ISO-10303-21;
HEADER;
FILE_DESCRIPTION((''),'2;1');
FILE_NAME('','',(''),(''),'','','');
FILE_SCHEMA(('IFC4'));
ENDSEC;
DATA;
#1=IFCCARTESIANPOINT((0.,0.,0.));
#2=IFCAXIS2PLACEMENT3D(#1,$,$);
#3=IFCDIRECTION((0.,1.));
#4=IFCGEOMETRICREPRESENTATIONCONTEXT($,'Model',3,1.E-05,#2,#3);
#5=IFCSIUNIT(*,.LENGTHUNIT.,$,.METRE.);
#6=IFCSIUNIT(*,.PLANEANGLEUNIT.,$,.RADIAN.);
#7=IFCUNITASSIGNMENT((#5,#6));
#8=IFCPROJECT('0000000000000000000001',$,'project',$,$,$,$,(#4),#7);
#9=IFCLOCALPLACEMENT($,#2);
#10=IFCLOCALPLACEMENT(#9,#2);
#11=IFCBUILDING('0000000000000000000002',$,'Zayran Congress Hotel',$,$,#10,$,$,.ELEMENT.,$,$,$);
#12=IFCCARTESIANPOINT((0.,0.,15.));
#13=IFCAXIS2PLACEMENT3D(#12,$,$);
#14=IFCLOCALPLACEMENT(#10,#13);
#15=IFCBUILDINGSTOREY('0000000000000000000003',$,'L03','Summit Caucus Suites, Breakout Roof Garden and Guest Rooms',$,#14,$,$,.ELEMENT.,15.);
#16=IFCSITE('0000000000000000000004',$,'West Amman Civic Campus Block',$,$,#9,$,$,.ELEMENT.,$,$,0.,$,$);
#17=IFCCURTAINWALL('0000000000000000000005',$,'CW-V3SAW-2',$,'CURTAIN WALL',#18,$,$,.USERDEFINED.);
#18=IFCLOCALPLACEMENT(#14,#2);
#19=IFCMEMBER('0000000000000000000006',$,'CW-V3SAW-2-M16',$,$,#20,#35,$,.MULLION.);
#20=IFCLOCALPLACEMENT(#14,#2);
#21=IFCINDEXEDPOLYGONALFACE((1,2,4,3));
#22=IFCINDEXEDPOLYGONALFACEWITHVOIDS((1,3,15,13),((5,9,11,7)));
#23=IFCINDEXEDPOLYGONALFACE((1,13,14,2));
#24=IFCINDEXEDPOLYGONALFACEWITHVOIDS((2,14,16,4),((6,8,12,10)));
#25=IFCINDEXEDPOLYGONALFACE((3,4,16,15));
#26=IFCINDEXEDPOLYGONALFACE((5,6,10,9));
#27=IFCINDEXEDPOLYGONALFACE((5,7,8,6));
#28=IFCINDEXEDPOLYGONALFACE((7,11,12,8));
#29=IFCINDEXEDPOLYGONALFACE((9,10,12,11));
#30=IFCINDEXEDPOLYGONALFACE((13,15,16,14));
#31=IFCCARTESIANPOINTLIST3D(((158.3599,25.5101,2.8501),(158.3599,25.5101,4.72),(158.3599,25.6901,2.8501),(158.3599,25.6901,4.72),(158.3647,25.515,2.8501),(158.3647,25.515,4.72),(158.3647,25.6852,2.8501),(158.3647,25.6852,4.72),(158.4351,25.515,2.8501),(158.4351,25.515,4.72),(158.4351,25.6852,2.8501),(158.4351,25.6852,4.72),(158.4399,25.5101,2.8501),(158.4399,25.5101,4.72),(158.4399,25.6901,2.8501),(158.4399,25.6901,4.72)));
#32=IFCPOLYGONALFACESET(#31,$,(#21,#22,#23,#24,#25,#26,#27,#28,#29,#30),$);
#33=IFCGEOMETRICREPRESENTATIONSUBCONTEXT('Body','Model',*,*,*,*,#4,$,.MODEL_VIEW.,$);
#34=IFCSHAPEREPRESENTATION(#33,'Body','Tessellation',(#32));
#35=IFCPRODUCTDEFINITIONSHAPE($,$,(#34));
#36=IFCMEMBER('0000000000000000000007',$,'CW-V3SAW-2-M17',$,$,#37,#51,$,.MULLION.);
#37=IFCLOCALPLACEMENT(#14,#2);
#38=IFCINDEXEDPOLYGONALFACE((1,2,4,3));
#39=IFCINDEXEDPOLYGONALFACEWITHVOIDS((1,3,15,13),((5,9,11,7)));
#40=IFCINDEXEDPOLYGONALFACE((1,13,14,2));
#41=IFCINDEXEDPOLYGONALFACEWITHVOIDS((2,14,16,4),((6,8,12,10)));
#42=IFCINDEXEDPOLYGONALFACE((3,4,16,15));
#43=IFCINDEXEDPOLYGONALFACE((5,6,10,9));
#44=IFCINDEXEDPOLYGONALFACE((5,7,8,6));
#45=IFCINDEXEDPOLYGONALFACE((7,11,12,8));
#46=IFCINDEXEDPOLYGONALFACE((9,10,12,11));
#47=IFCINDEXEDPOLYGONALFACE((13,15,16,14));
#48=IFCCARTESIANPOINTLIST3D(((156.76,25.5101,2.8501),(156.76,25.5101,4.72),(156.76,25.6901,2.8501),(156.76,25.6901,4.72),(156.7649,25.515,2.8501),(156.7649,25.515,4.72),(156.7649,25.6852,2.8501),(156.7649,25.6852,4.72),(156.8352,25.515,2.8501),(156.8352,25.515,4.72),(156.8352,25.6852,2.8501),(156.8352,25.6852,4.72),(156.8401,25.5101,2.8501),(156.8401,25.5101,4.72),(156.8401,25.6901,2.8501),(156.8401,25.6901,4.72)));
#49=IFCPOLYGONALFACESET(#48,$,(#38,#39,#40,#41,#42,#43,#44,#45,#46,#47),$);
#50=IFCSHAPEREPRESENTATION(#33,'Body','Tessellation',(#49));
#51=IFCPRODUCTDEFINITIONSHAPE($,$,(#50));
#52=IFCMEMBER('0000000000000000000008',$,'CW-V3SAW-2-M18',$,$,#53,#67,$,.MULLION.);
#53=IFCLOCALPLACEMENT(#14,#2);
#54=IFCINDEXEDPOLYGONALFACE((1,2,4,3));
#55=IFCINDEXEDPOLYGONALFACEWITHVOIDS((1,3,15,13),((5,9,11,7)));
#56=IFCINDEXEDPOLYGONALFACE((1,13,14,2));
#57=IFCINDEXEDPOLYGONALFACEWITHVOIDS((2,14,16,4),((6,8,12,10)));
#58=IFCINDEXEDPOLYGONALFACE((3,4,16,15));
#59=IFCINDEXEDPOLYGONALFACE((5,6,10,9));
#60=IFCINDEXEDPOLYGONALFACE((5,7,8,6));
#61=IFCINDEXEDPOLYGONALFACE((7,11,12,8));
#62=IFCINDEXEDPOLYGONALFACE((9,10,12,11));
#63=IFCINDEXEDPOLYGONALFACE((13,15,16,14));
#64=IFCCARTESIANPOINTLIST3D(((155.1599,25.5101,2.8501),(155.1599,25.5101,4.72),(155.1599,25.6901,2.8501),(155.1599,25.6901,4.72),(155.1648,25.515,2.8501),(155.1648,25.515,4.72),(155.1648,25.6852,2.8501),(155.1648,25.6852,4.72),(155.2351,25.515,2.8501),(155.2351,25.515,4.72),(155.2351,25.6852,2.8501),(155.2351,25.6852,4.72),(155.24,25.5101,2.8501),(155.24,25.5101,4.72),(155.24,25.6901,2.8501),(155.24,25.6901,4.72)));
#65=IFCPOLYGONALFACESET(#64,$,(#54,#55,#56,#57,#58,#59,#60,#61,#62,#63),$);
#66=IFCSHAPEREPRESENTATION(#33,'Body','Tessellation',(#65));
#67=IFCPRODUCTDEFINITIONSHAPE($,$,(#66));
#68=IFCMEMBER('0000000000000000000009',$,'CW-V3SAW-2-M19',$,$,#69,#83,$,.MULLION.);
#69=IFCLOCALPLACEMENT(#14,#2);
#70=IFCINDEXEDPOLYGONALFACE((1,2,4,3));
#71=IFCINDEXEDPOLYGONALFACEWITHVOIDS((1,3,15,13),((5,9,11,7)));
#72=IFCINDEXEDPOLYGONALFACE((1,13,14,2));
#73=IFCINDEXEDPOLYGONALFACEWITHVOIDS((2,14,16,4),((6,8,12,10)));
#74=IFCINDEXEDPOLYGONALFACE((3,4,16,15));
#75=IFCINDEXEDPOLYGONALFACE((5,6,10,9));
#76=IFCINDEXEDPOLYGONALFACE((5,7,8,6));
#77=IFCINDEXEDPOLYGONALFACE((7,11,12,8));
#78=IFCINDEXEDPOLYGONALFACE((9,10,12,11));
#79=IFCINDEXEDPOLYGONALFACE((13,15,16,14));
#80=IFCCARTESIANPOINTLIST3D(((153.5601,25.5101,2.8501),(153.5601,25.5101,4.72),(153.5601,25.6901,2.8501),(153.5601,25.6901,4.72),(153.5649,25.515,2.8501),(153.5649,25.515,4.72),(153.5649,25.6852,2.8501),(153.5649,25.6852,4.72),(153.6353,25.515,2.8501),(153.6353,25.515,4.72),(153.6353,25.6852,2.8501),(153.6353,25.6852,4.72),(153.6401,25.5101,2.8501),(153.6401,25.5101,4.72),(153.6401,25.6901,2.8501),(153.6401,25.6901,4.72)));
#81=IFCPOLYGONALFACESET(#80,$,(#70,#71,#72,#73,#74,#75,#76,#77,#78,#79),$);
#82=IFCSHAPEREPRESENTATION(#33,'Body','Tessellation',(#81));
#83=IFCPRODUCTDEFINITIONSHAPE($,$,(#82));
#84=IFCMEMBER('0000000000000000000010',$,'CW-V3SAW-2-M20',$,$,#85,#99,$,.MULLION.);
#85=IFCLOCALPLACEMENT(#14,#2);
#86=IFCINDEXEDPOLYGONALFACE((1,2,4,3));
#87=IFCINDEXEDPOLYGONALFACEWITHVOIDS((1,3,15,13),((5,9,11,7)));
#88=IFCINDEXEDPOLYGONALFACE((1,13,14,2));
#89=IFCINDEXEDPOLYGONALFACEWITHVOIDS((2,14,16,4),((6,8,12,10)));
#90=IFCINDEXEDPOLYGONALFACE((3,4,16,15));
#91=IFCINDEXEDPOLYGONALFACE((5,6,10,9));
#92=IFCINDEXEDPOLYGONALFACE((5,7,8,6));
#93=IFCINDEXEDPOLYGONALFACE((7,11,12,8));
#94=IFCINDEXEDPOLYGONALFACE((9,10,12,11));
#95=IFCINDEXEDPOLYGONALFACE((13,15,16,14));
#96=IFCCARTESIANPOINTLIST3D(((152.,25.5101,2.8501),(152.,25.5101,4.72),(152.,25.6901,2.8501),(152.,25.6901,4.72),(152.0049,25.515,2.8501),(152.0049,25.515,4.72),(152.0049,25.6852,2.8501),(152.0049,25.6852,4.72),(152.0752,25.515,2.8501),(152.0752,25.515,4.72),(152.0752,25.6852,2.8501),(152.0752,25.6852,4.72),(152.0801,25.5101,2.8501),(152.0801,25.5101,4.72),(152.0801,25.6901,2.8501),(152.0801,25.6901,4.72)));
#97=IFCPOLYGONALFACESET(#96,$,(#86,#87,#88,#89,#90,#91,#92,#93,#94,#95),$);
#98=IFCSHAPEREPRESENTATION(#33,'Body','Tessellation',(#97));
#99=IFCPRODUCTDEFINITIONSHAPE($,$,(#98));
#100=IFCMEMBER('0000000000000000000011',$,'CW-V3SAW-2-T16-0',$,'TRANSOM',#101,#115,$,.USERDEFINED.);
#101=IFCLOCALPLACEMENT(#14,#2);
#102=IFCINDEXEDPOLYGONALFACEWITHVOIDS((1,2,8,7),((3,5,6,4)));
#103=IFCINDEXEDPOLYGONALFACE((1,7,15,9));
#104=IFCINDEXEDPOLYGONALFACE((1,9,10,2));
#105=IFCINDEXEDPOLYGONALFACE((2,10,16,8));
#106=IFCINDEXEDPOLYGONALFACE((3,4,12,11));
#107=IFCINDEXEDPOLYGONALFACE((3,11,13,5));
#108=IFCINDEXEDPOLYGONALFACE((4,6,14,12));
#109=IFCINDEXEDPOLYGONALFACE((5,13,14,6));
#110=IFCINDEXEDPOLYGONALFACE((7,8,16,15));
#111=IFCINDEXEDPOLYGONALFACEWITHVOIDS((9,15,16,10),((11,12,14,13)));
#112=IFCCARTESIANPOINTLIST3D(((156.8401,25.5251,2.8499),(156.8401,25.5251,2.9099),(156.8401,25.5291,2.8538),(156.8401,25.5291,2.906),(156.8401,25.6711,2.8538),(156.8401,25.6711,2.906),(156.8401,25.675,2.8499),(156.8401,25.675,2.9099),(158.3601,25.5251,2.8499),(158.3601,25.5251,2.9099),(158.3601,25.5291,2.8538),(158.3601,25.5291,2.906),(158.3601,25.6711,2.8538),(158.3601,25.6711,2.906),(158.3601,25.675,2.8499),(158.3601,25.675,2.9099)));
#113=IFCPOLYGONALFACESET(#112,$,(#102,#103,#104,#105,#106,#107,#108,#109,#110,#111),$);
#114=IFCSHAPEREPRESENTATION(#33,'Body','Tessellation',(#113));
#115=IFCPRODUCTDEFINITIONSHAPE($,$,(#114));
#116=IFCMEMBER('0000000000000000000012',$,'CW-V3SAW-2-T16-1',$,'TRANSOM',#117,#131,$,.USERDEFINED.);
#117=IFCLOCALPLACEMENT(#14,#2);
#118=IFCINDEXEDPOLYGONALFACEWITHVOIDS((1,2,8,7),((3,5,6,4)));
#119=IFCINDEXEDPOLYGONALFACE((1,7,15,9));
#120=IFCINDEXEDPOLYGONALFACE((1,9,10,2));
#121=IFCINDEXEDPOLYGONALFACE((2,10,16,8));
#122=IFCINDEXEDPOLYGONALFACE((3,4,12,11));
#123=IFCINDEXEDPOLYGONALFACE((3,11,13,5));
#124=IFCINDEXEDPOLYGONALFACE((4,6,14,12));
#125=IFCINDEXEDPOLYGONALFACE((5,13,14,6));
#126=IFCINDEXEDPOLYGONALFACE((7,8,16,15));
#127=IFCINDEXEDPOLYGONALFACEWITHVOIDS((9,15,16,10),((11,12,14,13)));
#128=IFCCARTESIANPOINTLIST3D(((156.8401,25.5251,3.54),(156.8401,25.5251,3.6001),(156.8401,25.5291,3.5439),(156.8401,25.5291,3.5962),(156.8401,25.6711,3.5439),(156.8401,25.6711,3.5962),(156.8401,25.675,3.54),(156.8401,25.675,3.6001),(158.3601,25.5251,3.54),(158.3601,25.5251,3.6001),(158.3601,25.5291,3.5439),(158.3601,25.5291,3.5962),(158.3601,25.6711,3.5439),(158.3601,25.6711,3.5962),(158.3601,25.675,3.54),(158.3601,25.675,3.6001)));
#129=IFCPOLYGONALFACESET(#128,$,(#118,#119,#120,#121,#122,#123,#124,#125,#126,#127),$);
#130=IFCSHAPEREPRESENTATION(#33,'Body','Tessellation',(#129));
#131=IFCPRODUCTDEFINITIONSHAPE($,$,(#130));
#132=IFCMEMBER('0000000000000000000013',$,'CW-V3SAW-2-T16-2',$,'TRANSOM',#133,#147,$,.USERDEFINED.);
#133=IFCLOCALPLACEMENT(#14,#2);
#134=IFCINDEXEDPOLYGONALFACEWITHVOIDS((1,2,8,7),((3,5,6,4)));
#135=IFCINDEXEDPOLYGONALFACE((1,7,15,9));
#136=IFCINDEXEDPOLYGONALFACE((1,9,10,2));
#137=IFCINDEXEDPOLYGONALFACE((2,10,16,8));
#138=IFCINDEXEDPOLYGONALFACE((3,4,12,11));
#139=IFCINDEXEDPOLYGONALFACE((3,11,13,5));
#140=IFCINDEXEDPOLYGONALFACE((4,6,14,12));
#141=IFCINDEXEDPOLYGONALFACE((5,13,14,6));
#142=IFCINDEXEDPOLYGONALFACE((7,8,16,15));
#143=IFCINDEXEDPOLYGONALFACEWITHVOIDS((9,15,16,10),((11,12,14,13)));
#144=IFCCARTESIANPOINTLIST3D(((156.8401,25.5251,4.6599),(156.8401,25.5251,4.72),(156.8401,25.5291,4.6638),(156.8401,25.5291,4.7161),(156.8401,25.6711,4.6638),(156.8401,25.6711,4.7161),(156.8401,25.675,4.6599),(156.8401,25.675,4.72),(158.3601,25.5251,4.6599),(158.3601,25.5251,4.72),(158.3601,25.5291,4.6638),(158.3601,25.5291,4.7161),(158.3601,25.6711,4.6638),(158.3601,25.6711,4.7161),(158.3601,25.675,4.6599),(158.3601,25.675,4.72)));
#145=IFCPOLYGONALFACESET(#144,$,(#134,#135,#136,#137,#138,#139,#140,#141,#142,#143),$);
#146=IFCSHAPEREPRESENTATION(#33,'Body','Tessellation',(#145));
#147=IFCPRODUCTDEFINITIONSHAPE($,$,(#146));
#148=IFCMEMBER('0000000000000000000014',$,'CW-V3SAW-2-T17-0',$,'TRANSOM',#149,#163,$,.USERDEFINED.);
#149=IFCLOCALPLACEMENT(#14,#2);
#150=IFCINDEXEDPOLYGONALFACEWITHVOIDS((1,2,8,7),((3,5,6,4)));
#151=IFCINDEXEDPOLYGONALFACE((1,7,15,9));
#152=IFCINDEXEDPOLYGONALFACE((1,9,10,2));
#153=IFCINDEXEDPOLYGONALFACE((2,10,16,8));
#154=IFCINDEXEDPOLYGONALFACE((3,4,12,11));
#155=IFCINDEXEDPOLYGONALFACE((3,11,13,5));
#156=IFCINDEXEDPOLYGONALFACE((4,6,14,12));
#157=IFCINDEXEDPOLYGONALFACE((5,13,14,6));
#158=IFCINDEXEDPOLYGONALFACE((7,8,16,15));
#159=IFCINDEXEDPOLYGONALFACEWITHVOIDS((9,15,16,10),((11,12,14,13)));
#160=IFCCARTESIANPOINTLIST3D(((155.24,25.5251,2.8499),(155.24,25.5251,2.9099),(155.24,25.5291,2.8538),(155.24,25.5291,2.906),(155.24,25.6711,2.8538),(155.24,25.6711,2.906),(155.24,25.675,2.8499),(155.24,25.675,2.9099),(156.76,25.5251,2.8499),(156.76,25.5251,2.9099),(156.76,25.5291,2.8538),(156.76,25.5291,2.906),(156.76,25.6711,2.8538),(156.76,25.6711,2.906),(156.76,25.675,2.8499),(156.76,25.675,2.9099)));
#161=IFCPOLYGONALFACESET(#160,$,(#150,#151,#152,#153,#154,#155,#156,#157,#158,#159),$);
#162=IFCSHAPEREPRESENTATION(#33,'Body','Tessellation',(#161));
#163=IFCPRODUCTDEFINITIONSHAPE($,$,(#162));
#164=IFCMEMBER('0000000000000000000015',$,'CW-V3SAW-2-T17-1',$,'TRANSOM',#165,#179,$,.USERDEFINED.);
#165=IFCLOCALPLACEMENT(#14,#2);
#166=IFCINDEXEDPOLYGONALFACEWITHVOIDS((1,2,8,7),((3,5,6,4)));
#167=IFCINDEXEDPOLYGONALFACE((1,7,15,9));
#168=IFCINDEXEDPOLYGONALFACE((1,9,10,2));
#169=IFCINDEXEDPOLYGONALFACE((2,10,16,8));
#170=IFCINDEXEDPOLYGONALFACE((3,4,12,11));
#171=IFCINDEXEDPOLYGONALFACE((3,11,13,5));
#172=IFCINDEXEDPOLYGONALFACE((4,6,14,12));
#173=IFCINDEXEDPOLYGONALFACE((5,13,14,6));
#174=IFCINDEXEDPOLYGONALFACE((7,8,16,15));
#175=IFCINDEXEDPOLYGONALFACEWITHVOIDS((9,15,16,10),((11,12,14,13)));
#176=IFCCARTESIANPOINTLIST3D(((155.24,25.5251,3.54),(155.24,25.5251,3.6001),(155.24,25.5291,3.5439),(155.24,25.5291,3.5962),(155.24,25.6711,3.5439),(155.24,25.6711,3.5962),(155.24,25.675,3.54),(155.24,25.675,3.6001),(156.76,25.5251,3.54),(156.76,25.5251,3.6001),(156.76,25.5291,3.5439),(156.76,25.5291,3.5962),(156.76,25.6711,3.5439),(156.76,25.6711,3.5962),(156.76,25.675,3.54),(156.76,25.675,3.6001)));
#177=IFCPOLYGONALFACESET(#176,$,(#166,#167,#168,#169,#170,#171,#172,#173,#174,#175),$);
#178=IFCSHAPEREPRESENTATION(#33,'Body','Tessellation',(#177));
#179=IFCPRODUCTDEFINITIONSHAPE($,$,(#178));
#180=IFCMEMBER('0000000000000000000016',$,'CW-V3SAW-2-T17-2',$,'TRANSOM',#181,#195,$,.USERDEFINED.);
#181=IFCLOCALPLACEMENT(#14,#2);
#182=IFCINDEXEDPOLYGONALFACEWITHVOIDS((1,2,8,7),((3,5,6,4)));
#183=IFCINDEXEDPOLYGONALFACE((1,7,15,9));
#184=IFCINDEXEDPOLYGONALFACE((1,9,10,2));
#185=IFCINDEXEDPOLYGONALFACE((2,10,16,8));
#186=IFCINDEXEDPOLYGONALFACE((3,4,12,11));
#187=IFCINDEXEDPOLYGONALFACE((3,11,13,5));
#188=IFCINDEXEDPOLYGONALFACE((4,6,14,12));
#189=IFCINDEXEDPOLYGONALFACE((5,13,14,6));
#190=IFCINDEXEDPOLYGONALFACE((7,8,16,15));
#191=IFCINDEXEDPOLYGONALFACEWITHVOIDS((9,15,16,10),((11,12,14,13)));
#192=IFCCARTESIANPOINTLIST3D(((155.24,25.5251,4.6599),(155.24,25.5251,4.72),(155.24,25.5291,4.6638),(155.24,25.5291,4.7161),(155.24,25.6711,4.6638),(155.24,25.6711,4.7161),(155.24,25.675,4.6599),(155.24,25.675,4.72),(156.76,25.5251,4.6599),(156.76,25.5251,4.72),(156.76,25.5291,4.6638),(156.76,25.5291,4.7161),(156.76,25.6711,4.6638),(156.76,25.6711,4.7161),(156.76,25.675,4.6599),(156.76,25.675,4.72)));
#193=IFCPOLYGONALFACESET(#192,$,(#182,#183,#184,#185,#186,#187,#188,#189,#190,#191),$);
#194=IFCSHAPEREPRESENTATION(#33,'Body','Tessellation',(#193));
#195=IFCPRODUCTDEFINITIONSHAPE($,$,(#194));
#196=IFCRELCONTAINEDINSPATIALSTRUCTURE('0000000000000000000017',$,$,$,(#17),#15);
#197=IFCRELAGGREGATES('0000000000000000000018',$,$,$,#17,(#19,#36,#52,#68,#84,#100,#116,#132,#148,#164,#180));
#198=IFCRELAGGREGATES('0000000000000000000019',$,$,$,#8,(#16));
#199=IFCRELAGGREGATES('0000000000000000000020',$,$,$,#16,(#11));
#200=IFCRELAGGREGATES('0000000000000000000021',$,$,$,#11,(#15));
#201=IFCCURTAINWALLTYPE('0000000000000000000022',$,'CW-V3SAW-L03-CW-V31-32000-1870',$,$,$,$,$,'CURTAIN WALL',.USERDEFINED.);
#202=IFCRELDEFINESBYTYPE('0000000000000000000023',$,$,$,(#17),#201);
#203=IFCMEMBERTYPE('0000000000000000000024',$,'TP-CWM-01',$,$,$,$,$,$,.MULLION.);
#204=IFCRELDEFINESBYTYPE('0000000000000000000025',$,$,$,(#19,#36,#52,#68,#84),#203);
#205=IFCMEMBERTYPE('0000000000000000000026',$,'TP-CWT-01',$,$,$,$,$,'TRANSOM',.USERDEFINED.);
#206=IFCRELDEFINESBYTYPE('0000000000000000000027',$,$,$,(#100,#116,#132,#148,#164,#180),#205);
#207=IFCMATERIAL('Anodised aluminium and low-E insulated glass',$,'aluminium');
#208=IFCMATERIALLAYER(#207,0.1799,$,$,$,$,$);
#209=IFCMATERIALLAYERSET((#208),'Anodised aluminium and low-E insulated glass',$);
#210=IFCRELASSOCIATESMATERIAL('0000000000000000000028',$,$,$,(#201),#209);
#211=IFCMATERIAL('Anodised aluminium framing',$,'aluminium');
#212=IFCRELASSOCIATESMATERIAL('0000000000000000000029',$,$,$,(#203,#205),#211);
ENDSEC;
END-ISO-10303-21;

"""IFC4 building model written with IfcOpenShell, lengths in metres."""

from ifc_helpers import new_model, si_unit, direction, frame, origin, origin_2d, place, context, subcontext, project, spatial, hollow_rectangle, extrude, material, layer, layer_set, material_profile, profile_set, type_object, element, aggregate, save


model = new_model("IFC4")

# Units and contexts
model_context = context("Model", 3, precision=1e-05, world=origin(), true_north=direction((0.0, 1.0)))
body_context = subcontext(model_context, "Body", "Model", "MODEL_VIEW")
ifc_project = project(units=[si_unit("LENGTHUNIT", "METRE"), si_unit("PLANEANGLEUNIT", "RADIAN")], contexts=[model_context])

# Site, building, storey
site_placement = place(None, origin())
site = spatial("IfcSite", under=ifc_project, at=site_placement, Name="West Amman Civic Campus Block", CompositionType="ELEMENT", RefElevation=0.0)
building_placement = place(site_placement, origin())
building = spatial("IfcBuilding", under=site, at=building_placement, Name="Zayran Congress Hotel", CompositionType="ELEMENT")
storey_placement = place(building_placement, frame((0.0, 0.0, 15.0)))
storey = spatial("IfcBuildingStorey", under=building, at=storey_placement, Name="L03", Description="Summit Caucus Suites, Breakout Roof Garden and Guest Rooms", CompositionType="ELEMENT", Elevation=15.0)

# Curtain wall, members
ifc_material_1 = material(Name="Anodised aluminium and low-E insulated glass", Category="aluminium")
ifc_layer_1 = layer(ifc_material_1, 0.1799)
ifc_layer_set_1 = layer_set([ifc_layer_1], Name="Anodised aluminium and low-E insulated glass")
curtain_wall_type = type_object("IfcCurtainWallType", Name="CW-V3SAW-L03-CW-V31-32000-1870", ElementType="CURTAIN WALL", PredefinedType="USERDEFINED", material=ifc_layer_set_1)
curtain_wall_placement = place(storey_placement, origin())
curtain_wall = element("IfcCurtainWall", 1, at=curtain_wall_placement, inside=storey, type_object=curtain_wall_type, Name="CW-V3SAW-2", ObjectType="CURTAIN WALL", PredefinedType="USERDEFINED")
ifc_material_2 = material(Name="Anodised aluminium framing", Category="aluminium")
ifc_material_profile_1 = material_profile(ifc_material_2, hollow_rectangle(XDim=0.0801, YDim=0.1799, WallThickness=0.0049, at=origin_2d()), Name="RHS 180x80x5")
ifc_profile_set_1 = profile_set([ifc_material_profile_1], Name="Anodised aluminium framing")
member_type_1 = type_object("IfcMemberType", Name="TP-CWM-01", PredefinedType="MULLION", material=ifc_profile_set_1)
member_1_placement = place(storey_placement, frame((158.3999, 25.6001, 2.8501), z_axis=(0.0, 0.0, 1.0), x_axis=(1.0, 0.0, 0.0)))
member_1 = element("IfcMember", 2, at=member_1_placement, type_object=member_type_1, Name="CW-V3SAW-2-M16", PredefinedType="MULLION", context=body_context, shape_type="SweptSolid", body=[
    extrude(hollow_rectangle(XDim=0.0801, YDim=0.1799, WallThickness=0.0049, at=origin_2d()), origin(), (0.0, 0.0, 1.0), 1.8699),
])
member_2_placement = place(storey_placement, frame((156.8, 25.6001, 2.8501), z_axis=(0.0, 0.0, 1.0), x_axis=(1.0, 0.0, 0.0)))
member_2 = element("IfcMember", 3, at=member_2_placement, type_object=member_type_1, Name="CW-V3SAW-2-M17", PredefinedType="MULLION", context=body_context, shape_type="SweptSolid", body=[
    extrude(hollow_rectangle(XDim=0.0801, YDim=0.1799, WallThickness=0.0049, at=origin_2d()), origin(), (0.0, 0.0, 1.0), 1.8699),
])
member_3_placement = place(storey_placement, frame((155.2, 25.6001, 2.8501), z_axis=(0.0, 0.0, 1.0), x_axis=(1.0, 0.0, 0.0)))
member_3 = element("IfcMember", 4, at=member_3_placement, type_object=member_type_1, Name="CW-V3SAW-2-M18", PredefinedType="MULLION", context=body_context, shape_type="SweptSolid", body=[
    extrude(hollow_rectangle(XDim=0.0801, YDim=0.1799, WallThickness=0.0049, at=origin_2d()), origin(), (0.0, 0.0, 1.0), 1.8699),
])
member_4_placement = place(storey_placement, frame((153.6001, 25.6001, 2.8501), z_axis=(0.0, 0.0, 1.0), x_axis=(1.0, 0.0, 0.0)))
member_4 = element("IfcMember", 5, at=member_4_placement, type_object=member_type_1, Name="CW-V3SAW-2-M19", PredefinedType="MULLION", context=body_context, shape_type="SweptSolid", body=[
    extrude(hollow_rectangle(XDim=0.0801, YDim=0.1799, WallThickness=0.0049, at=origin_2d()), origin(), (0.0, 0.0, 1.0), 1.8699),
])
member_5_placement = place(storey_placement, frame((152.04, 25.6001, 2.8501), z_axis=(0.0, 0.0, 1.0), x_axis=(1.0, 0.0, 0.0)))
member_5 = element("IfcMember", 6, at=member_5_placement, type_object=member_type_1, Name="CW-V3SAW-2-M20", PredefinedType="MULLION", context=body_context, shape_type="SweptSolid", body=[
    extrude(hollow_rectangle(XDim=0.0801, YDim=0.1799, WallThickness=0.0049, at=origin_2d()), origin(), (0.0, 0.0, 1.0), 1.8699),
])
ifc_material_profile_2 = material_profile(ifc_material_2, hollow_rectangle(XDim=0.0601, YDim=0.1499, WallThickness=0.0039, at=origin_2d()), Name="RHS 150x60x4")
ifc_profile_set_2 = profile_set([ifc_material_profile_2], Name="Anodised aluminium framing")
member_type_2 = type_object("IfcMemberType", Name="TP-CWT-01", ElementType="TRANSOM", PredefinedType="USERDEFINED", material=ifc_profile_set_2)
member_6_placement = place(storey_placement, frame((158.3601, 25.6001, 2.8799), z_axis=(-1.0, 0.0, 0.0), x_axis=(0.0, 0.0, 1.0)))
member_6 = element("IfcMember", 7, at=member_6_placement, type_object=member_type_2, Name="CW-V3SAW-2-T16-0", ObjectType="TRANSOM", PredefinedType="USERDEFINED", context=body_context, shape_type="SweptSolid", body=[
    extrude(hollow_rectangle(XDim=0.0601, YDim=0.1499, WallThickness=0.0039, at=origin_2d()), origin(), (0.0, 0.0, 1.0), 1.52),
])
member_7_placement = place(storey_placement, frame((158.3601, 25.6001, 3.5701), z_axis=(-1.0, 0.0, 0.0), x_axis=(0.0, 0.0, 1.0)))
member_7 = element("IfcMember", 8, at=member_7_placement, type_object=member_type_2, Name="CW-V3SAW-2-T16-1", ObjectType="TRANSOM", PredefinedType="USERDEFINED", context=body_context, shape_type="SweptSolid", body=[
    extrude(hollow_rectangle(XDim=0.0601, YDim=0.1499, WallThickness=0.0039, at=origin_2d()), origin(), (0.0, 0.0, 1.0), 1.52),
])
member_8_placement = place(storey_placement, frame((158.3601, 25.6001, 4.6899), z_axis=(-1.0, 0.0, 0.0), x_axis=(0.0, 0.0, 1.0)))
member_8 = element("IfcMember", 9, at=member_8_placement, type_object=member_type_2, Name="CW-V3SAW-2-T16-2", ObjectType="TRANSOM", PredefinedType="USERDEFINED", context=body_context, shape_type="SweptSolid", body=[
    extrude(hollow_rectangle(XDim=0.0601, YDim=0.1499, WallThickness=0.0039, at=origin_2d()), origin(), (0.0, 0.0, 1.0), 1.52),
])
member_9_placement = place(storey_placement, frame((156.76, 25.6001, 2.8799), z_axis=(-1.0, 0.0, 0.0), x_axis=(0.0, 0.0, 1.0)))
member_9 = element("IfcMember", 10, at=member_9_placement, type_object=member_type_2, Name="CW-V3SAW-2-T17-0", ObjectType="TRANSOM", PredefinedType="USERDEFINED", context=body_context, shape_type="SweptSolid", body=[
    extrude(hollow_rectangle(XDim=0.0601, YDim=0.1499, WallThickness=0.0039, at=origin_2d()), origin(), (0.0, 0.0, 1.0), 1.52),
])
member_10_placement = place(storey_placement, frame((156.76, 25.6001, 3.5701), z_axis=(-1.0, 0.0, 0.0), x_axis=(0.0, 0.0, 1.0)))
member_10 = element("IfcMember", 11, at=member_10_placement, type_object=member_type_2, Name="CW-V3SAW-2-T17-1", ObjectType="TRANSOM", PredefinedType="USERDEFINED", context=body_context, shape_type="SweptSolid", body=[
    extrude(hollow_rectangle(XDim=0.0601, YDim=0.1499, WallThickness=0.0039, at=origin_2d()), origin(), (0.0, 0.0, 1.0), 1.52),
])
member_11_placement = place(storey_placement, frame((156.76, 25.6001, 4.6899), z_axis=(-1.0, 0.0, 0.0), x_axis=(0.0, 0.0, 1.0)))
member_11 = element("IfcMember", 12, at=member_11_placement, type_object=member_type_2, Name="CW-V3SAW-2-T17-2", ObjectType="TRANSOM", PredefinedType="USERDEFINED", context=body_context, shape_type="SweptSolid", body=[
    extrude(hollow_rectangle(XDim=0.0601, YDim=0.1499, WallThickness=0.0039, at=origin_2d()), origin(), (0.0, 0.0, 1.0), 1.52),
])

aggregate(curtain_wall, [member_1, member_2, member_3, member_4, member_5, member_6, member_7, member_8, member_9, member_10, member_11])

save(model, "model.ifc")
